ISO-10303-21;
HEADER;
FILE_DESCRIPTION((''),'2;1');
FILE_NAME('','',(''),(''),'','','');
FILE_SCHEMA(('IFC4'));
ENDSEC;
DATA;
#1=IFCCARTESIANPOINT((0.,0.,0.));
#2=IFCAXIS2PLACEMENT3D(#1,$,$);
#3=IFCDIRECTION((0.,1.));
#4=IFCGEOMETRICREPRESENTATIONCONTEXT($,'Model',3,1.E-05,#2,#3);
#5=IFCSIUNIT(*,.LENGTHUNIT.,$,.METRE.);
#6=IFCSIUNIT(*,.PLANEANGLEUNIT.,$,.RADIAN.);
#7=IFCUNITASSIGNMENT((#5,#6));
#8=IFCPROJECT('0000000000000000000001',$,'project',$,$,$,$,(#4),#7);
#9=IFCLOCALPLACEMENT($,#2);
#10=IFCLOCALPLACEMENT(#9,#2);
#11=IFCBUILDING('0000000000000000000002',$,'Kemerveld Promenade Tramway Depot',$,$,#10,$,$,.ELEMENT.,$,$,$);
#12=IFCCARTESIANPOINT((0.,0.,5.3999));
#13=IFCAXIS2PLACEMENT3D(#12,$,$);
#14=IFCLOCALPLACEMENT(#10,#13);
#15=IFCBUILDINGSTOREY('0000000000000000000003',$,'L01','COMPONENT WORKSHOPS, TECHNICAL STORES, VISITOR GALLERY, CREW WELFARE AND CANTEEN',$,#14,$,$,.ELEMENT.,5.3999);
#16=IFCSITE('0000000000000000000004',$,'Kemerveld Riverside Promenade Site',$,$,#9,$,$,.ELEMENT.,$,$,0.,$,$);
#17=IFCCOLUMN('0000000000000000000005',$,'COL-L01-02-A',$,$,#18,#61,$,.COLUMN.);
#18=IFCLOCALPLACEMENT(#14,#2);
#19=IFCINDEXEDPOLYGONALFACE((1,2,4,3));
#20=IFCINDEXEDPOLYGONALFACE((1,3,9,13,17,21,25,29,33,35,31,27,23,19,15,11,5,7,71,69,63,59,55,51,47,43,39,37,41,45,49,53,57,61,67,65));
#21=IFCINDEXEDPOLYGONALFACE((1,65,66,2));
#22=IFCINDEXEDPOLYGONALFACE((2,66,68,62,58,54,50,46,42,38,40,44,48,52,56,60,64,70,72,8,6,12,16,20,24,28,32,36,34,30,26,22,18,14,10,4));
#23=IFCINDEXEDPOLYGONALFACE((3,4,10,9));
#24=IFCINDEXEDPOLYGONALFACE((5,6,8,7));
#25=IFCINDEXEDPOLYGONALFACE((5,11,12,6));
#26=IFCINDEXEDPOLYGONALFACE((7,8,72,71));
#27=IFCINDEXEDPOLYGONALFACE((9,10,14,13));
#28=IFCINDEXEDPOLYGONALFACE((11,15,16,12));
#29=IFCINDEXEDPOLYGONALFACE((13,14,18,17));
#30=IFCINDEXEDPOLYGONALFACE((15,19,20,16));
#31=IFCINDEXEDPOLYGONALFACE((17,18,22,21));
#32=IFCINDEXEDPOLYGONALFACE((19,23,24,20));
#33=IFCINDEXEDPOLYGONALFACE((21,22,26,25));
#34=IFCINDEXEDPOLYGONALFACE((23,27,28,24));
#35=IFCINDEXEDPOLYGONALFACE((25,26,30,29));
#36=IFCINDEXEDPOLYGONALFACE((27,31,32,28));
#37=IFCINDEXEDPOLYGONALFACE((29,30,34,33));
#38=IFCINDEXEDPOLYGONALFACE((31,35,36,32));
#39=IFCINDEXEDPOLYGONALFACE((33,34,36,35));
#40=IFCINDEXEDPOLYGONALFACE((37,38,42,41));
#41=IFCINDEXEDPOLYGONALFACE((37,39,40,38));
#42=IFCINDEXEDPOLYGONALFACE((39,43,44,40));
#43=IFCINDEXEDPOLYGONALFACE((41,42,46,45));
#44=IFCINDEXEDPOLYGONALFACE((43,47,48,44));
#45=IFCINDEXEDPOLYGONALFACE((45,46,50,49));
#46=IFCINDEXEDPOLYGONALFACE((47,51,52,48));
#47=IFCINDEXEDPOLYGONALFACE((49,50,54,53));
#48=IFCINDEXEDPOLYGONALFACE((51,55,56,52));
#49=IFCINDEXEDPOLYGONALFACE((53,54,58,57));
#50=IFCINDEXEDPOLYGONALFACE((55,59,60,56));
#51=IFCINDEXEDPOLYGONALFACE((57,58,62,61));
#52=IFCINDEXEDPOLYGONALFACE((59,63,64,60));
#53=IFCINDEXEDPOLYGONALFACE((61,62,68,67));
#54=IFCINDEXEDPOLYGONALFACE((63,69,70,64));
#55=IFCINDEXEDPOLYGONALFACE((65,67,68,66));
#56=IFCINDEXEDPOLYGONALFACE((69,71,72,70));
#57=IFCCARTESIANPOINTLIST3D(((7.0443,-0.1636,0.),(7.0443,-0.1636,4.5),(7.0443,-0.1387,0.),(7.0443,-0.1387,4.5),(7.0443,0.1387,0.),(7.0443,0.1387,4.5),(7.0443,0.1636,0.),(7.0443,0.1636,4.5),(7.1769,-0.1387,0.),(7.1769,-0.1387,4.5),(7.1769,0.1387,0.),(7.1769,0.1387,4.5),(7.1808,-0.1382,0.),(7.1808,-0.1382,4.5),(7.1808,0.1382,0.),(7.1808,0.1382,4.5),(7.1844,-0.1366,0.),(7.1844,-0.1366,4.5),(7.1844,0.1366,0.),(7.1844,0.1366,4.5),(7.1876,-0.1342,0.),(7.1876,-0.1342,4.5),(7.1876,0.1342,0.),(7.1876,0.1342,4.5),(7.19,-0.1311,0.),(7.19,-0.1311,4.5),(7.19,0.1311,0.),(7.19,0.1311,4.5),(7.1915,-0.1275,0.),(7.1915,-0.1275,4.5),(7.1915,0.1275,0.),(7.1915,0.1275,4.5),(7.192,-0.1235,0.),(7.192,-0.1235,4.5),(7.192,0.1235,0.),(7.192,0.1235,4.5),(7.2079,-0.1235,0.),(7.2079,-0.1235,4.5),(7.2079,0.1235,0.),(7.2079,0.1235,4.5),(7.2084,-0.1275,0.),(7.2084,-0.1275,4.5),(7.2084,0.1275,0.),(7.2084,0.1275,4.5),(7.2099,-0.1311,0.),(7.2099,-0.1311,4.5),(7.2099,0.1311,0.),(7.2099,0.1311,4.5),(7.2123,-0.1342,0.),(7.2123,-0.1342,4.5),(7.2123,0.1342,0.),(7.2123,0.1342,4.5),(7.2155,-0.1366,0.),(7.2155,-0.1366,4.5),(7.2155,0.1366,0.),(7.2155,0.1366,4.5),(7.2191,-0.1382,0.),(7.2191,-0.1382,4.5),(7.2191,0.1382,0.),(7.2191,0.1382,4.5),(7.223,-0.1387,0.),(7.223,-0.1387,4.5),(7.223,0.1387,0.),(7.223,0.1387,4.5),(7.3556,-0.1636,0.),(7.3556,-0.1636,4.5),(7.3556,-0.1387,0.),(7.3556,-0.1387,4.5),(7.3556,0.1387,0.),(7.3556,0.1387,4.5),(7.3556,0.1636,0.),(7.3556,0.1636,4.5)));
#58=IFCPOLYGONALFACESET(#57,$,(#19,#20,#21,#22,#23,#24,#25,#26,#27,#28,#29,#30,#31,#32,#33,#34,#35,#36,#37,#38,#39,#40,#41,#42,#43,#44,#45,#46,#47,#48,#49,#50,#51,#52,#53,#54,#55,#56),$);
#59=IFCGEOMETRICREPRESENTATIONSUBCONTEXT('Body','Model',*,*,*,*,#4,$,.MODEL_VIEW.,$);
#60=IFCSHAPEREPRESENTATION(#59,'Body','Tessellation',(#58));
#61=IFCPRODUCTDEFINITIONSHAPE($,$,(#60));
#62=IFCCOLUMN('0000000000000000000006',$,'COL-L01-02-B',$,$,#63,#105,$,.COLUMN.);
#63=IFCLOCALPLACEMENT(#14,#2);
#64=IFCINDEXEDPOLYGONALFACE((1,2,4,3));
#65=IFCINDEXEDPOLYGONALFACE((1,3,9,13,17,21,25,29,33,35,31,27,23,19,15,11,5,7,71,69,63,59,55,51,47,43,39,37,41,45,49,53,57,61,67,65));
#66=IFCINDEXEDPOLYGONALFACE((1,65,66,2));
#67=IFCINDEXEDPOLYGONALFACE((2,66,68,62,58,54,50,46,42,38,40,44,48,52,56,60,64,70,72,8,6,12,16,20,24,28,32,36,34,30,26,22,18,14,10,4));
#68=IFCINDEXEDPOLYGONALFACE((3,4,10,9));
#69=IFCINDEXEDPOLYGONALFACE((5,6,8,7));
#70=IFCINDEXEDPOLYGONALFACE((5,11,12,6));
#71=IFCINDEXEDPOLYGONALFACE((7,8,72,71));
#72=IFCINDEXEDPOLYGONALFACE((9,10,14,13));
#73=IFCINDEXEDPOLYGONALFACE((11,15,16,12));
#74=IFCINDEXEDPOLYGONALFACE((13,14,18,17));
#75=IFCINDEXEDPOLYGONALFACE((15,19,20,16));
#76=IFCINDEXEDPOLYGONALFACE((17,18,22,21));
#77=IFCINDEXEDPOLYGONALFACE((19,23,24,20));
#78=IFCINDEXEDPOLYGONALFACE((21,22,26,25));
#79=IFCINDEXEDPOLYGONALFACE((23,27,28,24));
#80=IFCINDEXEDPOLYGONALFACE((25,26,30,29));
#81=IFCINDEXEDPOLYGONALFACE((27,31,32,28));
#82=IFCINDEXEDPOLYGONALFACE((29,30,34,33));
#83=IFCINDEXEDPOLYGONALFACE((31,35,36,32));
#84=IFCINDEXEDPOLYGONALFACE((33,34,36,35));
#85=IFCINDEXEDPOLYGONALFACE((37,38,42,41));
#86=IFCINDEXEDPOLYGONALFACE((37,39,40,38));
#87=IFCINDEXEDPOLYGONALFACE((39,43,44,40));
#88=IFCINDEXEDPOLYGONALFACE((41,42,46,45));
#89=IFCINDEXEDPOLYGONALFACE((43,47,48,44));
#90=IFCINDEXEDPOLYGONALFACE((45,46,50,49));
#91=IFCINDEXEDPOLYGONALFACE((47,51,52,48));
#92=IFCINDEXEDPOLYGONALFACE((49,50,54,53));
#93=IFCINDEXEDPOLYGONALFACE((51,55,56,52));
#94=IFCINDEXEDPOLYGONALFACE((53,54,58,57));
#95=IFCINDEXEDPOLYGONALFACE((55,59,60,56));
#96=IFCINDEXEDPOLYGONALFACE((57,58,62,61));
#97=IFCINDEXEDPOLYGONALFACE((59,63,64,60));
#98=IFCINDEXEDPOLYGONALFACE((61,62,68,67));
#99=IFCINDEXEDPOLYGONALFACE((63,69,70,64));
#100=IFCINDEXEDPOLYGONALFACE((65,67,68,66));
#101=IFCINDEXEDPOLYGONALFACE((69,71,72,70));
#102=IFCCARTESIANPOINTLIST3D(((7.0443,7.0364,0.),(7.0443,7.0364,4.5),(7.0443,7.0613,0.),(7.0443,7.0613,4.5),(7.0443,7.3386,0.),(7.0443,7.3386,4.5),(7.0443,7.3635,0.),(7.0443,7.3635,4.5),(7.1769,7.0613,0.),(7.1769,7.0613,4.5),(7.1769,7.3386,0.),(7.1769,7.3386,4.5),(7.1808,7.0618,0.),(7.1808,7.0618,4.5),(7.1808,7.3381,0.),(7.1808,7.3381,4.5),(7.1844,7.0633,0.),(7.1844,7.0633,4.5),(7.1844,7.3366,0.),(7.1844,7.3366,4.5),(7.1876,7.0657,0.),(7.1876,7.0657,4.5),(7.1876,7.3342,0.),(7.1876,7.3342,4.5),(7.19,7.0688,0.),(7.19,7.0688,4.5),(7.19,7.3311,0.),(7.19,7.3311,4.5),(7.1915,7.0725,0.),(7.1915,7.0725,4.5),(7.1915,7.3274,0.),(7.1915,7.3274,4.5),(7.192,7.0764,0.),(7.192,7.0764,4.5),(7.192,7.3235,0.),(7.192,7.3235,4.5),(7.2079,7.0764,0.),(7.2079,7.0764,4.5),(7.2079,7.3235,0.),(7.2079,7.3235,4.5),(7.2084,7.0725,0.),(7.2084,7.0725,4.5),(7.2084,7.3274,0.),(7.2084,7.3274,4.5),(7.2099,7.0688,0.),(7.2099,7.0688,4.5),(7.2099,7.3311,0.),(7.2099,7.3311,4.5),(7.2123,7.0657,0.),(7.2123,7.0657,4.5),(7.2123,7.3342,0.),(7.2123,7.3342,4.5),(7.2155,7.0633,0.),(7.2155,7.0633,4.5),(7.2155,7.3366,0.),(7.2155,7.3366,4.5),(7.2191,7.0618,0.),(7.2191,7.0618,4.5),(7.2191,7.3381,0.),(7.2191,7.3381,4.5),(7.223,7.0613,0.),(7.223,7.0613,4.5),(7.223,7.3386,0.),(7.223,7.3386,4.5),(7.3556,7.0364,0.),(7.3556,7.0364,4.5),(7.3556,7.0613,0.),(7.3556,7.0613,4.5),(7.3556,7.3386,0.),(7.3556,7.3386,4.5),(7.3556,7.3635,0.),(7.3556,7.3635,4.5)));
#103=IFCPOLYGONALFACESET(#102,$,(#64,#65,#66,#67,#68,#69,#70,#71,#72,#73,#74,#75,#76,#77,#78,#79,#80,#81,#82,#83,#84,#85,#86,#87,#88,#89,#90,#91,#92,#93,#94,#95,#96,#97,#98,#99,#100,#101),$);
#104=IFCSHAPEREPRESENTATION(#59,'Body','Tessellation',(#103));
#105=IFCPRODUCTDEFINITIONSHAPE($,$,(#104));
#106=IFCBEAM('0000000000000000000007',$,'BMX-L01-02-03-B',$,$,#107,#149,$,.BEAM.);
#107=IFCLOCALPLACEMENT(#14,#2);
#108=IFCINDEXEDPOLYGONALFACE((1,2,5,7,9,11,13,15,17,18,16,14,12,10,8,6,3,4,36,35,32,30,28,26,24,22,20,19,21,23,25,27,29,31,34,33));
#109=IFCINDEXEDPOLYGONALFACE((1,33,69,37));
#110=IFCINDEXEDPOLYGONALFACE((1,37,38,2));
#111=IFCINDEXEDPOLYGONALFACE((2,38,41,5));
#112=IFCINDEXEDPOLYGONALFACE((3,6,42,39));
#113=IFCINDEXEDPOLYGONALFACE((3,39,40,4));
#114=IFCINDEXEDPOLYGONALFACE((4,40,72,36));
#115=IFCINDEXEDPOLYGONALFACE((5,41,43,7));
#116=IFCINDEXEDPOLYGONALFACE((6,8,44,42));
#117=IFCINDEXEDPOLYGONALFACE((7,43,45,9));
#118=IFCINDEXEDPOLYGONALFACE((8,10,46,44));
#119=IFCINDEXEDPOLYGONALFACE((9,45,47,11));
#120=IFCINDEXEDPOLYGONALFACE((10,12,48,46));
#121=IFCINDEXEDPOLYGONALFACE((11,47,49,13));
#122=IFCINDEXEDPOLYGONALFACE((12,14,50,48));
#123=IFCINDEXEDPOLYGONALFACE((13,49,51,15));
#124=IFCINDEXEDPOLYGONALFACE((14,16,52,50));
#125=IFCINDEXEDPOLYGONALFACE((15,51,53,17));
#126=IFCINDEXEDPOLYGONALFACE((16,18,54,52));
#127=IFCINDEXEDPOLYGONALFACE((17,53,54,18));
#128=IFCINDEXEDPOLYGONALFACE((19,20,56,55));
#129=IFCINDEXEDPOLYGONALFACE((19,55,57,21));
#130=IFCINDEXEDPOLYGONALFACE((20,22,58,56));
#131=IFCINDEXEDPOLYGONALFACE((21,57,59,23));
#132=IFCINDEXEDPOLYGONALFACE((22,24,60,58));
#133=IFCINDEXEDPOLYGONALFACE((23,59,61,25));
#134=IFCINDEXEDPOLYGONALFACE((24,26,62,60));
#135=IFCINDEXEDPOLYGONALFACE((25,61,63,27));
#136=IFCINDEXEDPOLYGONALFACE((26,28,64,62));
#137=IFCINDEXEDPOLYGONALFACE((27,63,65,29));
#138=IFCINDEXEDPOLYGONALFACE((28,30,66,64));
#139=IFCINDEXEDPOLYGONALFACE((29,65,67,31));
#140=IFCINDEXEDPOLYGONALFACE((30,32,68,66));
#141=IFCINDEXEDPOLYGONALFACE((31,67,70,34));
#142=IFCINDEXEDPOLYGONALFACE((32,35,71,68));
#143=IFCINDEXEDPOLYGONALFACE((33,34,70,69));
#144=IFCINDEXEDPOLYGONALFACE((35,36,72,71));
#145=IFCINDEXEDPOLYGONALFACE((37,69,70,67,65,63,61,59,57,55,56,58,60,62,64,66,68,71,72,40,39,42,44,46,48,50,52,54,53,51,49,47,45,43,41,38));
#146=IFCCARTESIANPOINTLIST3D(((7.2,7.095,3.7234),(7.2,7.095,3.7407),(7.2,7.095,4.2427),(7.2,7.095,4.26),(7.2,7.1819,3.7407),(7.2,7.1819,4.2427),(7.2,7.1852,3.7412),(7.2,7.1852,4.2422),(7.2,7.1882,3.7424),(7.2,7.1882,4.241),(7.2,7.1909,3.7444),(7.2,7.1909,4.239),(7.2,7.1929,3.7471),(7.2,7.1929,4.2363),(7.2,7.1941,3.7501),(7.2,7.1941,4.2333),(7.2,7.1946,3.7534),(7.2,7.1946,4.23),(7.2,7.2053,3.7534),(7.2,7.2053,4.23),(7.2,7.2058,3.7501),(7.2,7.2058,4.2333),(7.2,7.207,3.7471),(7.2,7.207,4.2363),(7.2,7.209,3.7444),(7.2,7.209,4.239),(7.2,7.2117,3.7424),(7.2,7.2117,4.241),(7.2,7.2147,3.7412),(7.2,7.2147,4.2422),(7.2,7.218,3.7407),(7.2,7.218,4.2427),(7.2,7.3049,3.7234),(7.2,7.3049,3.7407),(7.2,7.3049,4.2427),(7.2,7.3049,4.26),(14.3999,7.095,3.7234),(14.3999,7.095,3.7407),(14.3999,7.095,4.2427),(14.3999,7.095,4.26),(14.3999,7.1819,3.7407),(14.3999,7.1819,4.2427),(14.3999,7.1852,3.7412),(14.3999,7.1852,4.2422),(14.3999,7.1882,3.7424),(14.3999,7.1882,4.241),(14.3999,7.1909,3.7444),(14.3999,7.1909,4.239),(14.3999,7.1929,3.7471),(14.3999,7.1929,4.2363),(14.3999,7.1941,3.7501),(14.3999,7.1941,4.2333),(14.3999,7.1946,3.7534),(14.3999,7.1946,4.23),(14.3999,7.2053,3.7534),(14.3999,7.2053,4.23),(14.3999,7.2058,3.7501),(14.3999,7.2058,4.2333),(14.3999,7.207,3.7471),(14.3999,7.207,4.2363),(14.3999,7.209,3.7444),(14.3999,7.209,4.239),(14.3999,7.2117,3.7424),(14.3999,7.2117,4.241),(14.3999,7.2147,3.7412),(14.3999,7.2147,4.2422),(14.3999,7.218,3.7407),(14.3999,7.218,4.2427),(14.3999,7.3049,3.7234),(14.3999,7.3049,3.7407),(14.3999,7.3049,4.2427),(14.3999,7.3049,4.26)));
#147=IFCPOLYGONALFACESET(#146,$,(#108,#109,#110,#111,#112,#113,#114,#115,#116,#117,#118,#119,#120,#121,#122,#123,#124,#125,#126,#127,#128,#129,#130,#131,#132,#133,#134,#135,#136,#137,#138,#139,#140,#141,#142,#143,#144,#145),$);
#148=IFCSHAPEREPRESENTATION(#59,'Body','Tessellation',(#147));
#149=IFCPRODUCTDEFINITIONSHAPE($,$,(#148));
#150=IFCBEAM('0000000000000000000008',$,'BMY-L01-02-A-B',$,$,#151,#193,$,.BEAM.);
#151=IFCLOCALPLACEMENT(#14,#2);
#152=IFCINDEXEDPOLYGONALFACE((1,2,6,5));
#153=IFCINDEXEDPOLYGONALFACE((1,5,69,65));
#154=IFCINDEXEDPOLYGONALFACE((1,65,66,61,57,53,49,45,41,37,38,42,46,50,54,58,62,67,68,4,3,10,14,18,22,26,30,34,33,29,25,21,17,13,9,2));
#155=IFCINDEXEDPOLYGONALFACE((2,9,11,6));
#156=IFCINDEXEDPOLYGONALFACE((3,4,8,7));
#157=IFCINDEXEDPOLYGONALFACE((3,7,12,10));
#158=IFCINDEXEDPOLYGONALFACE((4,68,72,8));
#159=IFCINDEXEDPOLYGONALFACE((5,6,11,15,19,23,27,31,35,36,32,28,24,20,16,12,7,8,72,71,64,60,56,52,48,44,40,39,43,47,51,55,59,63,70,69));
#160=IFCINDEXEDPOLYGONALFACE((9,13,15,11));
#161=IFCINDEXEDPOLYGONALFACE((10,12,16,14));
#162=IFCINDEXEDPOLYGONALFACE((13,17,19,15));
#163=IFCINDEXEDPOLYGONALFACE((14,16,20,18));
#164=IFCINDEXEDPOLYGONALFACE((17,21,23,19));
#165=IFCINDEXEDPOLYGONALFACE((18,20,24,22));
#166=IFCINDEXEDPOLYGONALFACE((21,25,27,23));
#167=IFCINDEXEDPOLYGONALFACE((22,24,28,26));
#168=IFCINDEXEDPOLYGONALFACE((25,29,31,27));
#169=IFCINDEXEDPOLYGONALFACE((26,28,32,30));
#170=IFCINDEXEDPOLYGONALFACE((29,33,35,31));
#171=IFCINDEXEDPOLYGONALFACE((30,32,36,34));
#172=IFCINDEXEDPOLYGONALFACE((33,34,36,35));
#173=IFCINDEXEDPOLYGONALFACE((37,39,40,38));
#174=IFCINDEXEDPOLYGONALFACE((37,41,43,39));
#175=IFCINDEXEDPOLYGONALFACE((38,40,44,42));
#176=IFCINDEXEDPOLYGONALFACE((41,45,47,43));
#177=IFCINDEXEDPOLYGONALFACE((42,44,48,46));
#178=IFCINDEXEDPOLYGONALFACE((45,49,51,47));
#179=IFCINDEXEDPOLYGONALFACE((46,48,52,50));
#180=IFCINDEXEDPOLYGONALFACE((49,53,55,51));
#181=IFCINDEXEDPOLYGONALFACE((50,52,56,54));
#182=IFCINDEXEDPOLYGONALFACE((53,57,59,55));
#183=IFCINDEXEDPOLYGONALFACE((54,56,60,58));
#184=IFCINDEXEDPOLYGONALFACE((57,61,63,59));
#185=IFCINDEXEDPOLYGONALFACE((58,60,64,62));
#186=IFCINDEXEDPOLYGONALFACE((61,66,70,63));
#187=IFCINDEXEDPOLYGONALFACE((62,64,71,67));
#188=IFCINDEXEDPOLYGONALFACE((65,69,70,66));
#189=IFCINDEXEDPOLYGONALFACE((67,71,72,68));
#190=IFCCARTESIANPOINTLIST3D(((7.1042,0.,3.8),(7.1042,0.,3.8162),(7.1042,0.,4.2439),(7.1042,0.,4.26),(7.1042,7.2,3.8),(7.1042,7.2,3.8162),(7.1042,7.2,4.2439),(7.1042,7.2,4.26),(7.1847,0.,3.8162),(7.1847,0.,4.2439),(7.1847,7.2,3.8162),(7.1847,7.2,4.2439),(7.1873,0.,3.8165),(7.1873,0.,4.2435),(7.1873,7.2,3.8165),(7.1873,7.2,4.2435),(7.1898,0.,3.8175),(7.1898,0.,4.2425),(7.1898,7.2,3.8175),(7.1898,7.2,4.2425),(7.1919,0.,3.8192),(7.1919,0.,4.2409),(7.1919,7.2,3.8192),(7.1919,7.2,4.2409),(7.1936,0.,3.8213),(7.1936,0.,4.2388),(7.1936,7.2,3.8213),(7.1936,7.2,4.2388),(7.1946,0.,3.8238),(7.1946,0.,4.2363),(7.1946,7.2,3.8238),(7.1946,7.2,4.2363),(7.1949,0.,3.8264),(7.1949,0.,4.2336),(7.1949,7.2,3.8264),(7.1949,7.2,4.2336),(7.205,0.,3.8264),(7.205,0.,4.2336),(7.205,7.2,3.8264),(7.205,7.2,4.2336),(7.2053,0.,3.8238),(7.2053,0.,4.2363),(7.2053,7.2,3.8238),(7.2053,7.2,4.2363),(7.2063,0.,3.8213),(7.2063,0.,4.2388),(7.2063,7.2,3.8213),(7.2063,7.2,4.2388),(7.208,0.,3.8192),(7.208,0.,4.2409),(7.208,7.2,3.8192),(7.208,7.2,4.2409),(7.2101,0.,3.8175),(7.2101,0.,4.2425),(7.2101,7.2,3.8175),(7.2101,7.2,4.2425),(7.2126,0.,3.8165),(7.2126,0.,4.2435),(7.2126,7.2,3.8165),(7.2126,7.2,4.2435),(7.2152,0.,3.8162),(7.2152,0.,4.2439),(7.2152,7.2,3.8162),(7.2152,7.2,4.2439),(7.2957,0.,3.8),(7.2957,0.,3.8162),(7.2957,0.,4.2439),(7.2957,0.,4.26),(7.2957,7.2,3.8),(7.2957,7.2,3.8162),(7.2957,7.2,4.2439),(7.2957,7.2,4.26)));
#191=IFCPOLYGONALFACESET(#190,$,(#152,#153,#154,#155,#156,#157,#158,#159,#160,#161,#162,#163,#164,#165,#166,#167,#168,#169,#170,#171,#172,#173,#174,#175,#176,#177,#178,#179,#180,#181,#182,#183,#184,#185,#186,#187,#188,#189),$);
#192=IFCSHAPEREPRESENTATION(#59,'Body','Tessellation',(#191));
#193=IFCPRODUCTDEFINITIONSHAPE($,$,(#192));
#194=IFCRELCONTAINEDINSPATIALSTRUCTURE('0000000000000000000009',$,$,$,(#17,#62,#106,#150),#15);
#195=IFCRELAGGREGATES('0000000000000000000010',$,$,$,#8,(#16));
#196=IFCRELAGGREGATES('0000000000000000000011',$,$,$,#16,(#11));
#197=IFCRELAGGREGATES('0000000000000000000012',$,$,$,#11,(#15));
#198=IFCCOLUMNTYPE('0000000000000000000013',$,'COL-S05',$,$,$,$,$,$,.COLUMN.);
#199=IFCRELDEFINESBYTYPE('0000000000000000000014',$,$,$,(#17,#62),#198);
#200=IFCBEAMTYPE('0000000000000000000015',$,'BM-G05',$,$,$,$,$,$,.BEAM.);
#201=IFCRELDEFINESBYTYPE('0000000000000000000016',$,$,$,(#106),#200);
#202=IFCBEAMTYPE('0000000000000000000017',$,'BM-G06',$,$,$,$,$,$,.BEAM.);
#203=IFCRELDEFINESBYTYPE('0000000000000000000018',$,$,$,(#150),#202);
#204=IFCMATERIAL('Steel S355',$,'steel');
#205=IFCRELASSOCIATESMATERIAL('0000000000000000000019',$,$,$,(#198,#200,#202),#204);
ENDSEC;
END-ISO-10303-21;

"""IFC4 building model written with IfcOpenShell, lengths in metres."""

from ifc_helpers import new_model, si_unit, direction, frame, origin, origin_2d, place, context, subcontext, project, spatial, i_section, extrude, material, material_profile, profile_set, type_object, element, save


model = new_model("IFC4")

# Units and contexts
model_context = context("Model", 3, precision=1e-05, world=origin(), true_north=direction((0.0, 1.0)))
body_context = subcontext(model_context, "Body", "Model", "MODEL_VIEW")
ifc_project = project(units=[si_unit("LENGTHUNIT", "METRE"), si_unit("PLANEANGLEUNIT", "RADIAN")], contexts=[model_context])

# Site, building, storey
site_placement = place(None, origin())
site = spatial("IfcSite", under=ifc_project, at=site_placement, Name="Kemerveld Riverside Promenade Site", CompositionType="ELEMENT", RefElevation=0.0)
building_placement = place(site_placement, origin())
building = spatial("IfcBuilding", under=site, at=building_placement, Name="Kemerveld Promenade Tramway Depot", CompositionType="ELEMENT")
storey_placement = place(building_placement, frame((0.0, 0.0, 5.3999)))
storey = spatial("IfcBuildingStorey", under=building, at=storey_placement, Name="L01", Description="COMPONENT WORKSHOPS, TECHNICAL STORES, VISITOR GALLERY, CREW WELFARE AND CANTEEN", CompositionType="ELEMENT", Elevation=5.3999)

# Columns
ifc_material_1 = material(Name="Steel S355", Category="steel")
ifc_material_profile_1 = material_profile(ifc_material_1, i_section(OverallWidth=0.3113, OverallDepth=0.3271, WebThickness=0.0159, FlangeThickness=0.0249, FilletRadius=0.0151, at=origin_2d()), Name="305x305x158 UC")
ifc_profile_set_1 = profile_set([ifc_material_profile_1], Name="Steel S355")
column_type = type_object("IfcColumnType", Name="COL-S05", PredefinedType="COLUMN", material=ifc_profile_set_1)
for number, where, z_axis, x_axis, name in (
    (1, (7.2, 0.0, 0.0), (0.0, 0.0, 1.0), (1.0, 0.0, 0.0), "COL-L01-02-A"),
    (2, (7.2, 7.2, 0.0), (0.0, 0.0, 1.0), (1.0, 0.0, 0.0), "COL-L01-02-B"),
):
    element("IfcColumn", number, at=place(storey_placement, frame(where, z_axis=z_axis, x_axis=x_axis)), inside=storey, type_object=column_type, Name=name, PredefinedType="COLUMN", context=body_context, shape_type="SweptSolid", body=[
        extrude(i_section(OverallWidth=0.3113, OverallDepth=0.3271, WebThickness=0.0159, FlangeThickness=0.0249, FilletRadius=0.0151, at=origin_2d()), origin(), (0.0, 0.0, 1.0), 4.5),
    ])

# Beams
ifc_material_profile_2 = material_profile(ifc_material_1, i_section(OverallWidth=0.21, OverallDepth=0.5366, WebThickness=0.0107, FlangeThickness=0.0173, FilletRadius=0.0127, at=origin_2d()), Name="533x210x101 UB")
ifc_profile_set_2 = profile_set([ifc_material_profile_2], Name="Steel S355")
beam_type_1 = type_object("IfcBeamType", Name="BM-G05", PredefinedType="BEAM", material=ifc_profile_set_2)
beam_1_placement = place(storey_placement, frame((7.2, 7.2, 3.9917), z_axis=(1.0, 0.0, 0.0), x_axis=(0.0, 1.0, 0.0)))
element("IfcBeam", 3, at=beam_1_placement, inside=storey, type_object=beam_type_1, Name="BMX-L01-02-03-B", PredefinedType="BEAM", context=body_context, shape_type="SweptSolid", body=[
    extrude(i_section(OverallWidth=0.21, OverallDepth=0.5366, WebThickness=0.0107, FlangeThickness=0.0173, FilletRadius=0.0127, at=origin_2d()), origin(), (0.0, 0.0, 1.0), 7.2),
])
ifc_material_profile_3 = material_profile(ifc_material_1, i_section(OverallWidth=0.1914, OverallDepth=0.46, WebThickness=0.01, FlangeThickness=0.0161, FilletRadius=0.0103, at=origin_2d()), Name="457x191x82 UB")
ifc_profile_set_3 = profile_set([ifc_material_profile_3], Name="Steel S355")
beam_type_2 = type_object("IfcBeamType", Name="BM-G06", PredefinedType="BEAM", material=ifc_profile_set_3)
for number, where, z_axis, x_axis, name in (
    (4, (7.2, 0.0, 4.03), (0.0, 1.0, 0.0), (-1.0, 0.0, 0.0), "BMY-L01-02-A-B"),
):
    element("IfcBeam", number, at=place(storey_placement, frame(where, z_axis=z_axis, x_axis=x_axis)), inside=storey, type_object=beam_type_2, Name=name, PredefinedType="BEAM", context=body_context, shape_type="SweptSolid", body=[
        extrude(i_section(OverallWidth=0.1914, OverallDepth=0.46, WebThickness=0.01, FlangeThickness=0.0161, FilletRadius=0.0103, at=origin_2d()), origin(), (0.0, 0.0, 1.0), 7.2),
    ])

save(model, "model.ifc")
